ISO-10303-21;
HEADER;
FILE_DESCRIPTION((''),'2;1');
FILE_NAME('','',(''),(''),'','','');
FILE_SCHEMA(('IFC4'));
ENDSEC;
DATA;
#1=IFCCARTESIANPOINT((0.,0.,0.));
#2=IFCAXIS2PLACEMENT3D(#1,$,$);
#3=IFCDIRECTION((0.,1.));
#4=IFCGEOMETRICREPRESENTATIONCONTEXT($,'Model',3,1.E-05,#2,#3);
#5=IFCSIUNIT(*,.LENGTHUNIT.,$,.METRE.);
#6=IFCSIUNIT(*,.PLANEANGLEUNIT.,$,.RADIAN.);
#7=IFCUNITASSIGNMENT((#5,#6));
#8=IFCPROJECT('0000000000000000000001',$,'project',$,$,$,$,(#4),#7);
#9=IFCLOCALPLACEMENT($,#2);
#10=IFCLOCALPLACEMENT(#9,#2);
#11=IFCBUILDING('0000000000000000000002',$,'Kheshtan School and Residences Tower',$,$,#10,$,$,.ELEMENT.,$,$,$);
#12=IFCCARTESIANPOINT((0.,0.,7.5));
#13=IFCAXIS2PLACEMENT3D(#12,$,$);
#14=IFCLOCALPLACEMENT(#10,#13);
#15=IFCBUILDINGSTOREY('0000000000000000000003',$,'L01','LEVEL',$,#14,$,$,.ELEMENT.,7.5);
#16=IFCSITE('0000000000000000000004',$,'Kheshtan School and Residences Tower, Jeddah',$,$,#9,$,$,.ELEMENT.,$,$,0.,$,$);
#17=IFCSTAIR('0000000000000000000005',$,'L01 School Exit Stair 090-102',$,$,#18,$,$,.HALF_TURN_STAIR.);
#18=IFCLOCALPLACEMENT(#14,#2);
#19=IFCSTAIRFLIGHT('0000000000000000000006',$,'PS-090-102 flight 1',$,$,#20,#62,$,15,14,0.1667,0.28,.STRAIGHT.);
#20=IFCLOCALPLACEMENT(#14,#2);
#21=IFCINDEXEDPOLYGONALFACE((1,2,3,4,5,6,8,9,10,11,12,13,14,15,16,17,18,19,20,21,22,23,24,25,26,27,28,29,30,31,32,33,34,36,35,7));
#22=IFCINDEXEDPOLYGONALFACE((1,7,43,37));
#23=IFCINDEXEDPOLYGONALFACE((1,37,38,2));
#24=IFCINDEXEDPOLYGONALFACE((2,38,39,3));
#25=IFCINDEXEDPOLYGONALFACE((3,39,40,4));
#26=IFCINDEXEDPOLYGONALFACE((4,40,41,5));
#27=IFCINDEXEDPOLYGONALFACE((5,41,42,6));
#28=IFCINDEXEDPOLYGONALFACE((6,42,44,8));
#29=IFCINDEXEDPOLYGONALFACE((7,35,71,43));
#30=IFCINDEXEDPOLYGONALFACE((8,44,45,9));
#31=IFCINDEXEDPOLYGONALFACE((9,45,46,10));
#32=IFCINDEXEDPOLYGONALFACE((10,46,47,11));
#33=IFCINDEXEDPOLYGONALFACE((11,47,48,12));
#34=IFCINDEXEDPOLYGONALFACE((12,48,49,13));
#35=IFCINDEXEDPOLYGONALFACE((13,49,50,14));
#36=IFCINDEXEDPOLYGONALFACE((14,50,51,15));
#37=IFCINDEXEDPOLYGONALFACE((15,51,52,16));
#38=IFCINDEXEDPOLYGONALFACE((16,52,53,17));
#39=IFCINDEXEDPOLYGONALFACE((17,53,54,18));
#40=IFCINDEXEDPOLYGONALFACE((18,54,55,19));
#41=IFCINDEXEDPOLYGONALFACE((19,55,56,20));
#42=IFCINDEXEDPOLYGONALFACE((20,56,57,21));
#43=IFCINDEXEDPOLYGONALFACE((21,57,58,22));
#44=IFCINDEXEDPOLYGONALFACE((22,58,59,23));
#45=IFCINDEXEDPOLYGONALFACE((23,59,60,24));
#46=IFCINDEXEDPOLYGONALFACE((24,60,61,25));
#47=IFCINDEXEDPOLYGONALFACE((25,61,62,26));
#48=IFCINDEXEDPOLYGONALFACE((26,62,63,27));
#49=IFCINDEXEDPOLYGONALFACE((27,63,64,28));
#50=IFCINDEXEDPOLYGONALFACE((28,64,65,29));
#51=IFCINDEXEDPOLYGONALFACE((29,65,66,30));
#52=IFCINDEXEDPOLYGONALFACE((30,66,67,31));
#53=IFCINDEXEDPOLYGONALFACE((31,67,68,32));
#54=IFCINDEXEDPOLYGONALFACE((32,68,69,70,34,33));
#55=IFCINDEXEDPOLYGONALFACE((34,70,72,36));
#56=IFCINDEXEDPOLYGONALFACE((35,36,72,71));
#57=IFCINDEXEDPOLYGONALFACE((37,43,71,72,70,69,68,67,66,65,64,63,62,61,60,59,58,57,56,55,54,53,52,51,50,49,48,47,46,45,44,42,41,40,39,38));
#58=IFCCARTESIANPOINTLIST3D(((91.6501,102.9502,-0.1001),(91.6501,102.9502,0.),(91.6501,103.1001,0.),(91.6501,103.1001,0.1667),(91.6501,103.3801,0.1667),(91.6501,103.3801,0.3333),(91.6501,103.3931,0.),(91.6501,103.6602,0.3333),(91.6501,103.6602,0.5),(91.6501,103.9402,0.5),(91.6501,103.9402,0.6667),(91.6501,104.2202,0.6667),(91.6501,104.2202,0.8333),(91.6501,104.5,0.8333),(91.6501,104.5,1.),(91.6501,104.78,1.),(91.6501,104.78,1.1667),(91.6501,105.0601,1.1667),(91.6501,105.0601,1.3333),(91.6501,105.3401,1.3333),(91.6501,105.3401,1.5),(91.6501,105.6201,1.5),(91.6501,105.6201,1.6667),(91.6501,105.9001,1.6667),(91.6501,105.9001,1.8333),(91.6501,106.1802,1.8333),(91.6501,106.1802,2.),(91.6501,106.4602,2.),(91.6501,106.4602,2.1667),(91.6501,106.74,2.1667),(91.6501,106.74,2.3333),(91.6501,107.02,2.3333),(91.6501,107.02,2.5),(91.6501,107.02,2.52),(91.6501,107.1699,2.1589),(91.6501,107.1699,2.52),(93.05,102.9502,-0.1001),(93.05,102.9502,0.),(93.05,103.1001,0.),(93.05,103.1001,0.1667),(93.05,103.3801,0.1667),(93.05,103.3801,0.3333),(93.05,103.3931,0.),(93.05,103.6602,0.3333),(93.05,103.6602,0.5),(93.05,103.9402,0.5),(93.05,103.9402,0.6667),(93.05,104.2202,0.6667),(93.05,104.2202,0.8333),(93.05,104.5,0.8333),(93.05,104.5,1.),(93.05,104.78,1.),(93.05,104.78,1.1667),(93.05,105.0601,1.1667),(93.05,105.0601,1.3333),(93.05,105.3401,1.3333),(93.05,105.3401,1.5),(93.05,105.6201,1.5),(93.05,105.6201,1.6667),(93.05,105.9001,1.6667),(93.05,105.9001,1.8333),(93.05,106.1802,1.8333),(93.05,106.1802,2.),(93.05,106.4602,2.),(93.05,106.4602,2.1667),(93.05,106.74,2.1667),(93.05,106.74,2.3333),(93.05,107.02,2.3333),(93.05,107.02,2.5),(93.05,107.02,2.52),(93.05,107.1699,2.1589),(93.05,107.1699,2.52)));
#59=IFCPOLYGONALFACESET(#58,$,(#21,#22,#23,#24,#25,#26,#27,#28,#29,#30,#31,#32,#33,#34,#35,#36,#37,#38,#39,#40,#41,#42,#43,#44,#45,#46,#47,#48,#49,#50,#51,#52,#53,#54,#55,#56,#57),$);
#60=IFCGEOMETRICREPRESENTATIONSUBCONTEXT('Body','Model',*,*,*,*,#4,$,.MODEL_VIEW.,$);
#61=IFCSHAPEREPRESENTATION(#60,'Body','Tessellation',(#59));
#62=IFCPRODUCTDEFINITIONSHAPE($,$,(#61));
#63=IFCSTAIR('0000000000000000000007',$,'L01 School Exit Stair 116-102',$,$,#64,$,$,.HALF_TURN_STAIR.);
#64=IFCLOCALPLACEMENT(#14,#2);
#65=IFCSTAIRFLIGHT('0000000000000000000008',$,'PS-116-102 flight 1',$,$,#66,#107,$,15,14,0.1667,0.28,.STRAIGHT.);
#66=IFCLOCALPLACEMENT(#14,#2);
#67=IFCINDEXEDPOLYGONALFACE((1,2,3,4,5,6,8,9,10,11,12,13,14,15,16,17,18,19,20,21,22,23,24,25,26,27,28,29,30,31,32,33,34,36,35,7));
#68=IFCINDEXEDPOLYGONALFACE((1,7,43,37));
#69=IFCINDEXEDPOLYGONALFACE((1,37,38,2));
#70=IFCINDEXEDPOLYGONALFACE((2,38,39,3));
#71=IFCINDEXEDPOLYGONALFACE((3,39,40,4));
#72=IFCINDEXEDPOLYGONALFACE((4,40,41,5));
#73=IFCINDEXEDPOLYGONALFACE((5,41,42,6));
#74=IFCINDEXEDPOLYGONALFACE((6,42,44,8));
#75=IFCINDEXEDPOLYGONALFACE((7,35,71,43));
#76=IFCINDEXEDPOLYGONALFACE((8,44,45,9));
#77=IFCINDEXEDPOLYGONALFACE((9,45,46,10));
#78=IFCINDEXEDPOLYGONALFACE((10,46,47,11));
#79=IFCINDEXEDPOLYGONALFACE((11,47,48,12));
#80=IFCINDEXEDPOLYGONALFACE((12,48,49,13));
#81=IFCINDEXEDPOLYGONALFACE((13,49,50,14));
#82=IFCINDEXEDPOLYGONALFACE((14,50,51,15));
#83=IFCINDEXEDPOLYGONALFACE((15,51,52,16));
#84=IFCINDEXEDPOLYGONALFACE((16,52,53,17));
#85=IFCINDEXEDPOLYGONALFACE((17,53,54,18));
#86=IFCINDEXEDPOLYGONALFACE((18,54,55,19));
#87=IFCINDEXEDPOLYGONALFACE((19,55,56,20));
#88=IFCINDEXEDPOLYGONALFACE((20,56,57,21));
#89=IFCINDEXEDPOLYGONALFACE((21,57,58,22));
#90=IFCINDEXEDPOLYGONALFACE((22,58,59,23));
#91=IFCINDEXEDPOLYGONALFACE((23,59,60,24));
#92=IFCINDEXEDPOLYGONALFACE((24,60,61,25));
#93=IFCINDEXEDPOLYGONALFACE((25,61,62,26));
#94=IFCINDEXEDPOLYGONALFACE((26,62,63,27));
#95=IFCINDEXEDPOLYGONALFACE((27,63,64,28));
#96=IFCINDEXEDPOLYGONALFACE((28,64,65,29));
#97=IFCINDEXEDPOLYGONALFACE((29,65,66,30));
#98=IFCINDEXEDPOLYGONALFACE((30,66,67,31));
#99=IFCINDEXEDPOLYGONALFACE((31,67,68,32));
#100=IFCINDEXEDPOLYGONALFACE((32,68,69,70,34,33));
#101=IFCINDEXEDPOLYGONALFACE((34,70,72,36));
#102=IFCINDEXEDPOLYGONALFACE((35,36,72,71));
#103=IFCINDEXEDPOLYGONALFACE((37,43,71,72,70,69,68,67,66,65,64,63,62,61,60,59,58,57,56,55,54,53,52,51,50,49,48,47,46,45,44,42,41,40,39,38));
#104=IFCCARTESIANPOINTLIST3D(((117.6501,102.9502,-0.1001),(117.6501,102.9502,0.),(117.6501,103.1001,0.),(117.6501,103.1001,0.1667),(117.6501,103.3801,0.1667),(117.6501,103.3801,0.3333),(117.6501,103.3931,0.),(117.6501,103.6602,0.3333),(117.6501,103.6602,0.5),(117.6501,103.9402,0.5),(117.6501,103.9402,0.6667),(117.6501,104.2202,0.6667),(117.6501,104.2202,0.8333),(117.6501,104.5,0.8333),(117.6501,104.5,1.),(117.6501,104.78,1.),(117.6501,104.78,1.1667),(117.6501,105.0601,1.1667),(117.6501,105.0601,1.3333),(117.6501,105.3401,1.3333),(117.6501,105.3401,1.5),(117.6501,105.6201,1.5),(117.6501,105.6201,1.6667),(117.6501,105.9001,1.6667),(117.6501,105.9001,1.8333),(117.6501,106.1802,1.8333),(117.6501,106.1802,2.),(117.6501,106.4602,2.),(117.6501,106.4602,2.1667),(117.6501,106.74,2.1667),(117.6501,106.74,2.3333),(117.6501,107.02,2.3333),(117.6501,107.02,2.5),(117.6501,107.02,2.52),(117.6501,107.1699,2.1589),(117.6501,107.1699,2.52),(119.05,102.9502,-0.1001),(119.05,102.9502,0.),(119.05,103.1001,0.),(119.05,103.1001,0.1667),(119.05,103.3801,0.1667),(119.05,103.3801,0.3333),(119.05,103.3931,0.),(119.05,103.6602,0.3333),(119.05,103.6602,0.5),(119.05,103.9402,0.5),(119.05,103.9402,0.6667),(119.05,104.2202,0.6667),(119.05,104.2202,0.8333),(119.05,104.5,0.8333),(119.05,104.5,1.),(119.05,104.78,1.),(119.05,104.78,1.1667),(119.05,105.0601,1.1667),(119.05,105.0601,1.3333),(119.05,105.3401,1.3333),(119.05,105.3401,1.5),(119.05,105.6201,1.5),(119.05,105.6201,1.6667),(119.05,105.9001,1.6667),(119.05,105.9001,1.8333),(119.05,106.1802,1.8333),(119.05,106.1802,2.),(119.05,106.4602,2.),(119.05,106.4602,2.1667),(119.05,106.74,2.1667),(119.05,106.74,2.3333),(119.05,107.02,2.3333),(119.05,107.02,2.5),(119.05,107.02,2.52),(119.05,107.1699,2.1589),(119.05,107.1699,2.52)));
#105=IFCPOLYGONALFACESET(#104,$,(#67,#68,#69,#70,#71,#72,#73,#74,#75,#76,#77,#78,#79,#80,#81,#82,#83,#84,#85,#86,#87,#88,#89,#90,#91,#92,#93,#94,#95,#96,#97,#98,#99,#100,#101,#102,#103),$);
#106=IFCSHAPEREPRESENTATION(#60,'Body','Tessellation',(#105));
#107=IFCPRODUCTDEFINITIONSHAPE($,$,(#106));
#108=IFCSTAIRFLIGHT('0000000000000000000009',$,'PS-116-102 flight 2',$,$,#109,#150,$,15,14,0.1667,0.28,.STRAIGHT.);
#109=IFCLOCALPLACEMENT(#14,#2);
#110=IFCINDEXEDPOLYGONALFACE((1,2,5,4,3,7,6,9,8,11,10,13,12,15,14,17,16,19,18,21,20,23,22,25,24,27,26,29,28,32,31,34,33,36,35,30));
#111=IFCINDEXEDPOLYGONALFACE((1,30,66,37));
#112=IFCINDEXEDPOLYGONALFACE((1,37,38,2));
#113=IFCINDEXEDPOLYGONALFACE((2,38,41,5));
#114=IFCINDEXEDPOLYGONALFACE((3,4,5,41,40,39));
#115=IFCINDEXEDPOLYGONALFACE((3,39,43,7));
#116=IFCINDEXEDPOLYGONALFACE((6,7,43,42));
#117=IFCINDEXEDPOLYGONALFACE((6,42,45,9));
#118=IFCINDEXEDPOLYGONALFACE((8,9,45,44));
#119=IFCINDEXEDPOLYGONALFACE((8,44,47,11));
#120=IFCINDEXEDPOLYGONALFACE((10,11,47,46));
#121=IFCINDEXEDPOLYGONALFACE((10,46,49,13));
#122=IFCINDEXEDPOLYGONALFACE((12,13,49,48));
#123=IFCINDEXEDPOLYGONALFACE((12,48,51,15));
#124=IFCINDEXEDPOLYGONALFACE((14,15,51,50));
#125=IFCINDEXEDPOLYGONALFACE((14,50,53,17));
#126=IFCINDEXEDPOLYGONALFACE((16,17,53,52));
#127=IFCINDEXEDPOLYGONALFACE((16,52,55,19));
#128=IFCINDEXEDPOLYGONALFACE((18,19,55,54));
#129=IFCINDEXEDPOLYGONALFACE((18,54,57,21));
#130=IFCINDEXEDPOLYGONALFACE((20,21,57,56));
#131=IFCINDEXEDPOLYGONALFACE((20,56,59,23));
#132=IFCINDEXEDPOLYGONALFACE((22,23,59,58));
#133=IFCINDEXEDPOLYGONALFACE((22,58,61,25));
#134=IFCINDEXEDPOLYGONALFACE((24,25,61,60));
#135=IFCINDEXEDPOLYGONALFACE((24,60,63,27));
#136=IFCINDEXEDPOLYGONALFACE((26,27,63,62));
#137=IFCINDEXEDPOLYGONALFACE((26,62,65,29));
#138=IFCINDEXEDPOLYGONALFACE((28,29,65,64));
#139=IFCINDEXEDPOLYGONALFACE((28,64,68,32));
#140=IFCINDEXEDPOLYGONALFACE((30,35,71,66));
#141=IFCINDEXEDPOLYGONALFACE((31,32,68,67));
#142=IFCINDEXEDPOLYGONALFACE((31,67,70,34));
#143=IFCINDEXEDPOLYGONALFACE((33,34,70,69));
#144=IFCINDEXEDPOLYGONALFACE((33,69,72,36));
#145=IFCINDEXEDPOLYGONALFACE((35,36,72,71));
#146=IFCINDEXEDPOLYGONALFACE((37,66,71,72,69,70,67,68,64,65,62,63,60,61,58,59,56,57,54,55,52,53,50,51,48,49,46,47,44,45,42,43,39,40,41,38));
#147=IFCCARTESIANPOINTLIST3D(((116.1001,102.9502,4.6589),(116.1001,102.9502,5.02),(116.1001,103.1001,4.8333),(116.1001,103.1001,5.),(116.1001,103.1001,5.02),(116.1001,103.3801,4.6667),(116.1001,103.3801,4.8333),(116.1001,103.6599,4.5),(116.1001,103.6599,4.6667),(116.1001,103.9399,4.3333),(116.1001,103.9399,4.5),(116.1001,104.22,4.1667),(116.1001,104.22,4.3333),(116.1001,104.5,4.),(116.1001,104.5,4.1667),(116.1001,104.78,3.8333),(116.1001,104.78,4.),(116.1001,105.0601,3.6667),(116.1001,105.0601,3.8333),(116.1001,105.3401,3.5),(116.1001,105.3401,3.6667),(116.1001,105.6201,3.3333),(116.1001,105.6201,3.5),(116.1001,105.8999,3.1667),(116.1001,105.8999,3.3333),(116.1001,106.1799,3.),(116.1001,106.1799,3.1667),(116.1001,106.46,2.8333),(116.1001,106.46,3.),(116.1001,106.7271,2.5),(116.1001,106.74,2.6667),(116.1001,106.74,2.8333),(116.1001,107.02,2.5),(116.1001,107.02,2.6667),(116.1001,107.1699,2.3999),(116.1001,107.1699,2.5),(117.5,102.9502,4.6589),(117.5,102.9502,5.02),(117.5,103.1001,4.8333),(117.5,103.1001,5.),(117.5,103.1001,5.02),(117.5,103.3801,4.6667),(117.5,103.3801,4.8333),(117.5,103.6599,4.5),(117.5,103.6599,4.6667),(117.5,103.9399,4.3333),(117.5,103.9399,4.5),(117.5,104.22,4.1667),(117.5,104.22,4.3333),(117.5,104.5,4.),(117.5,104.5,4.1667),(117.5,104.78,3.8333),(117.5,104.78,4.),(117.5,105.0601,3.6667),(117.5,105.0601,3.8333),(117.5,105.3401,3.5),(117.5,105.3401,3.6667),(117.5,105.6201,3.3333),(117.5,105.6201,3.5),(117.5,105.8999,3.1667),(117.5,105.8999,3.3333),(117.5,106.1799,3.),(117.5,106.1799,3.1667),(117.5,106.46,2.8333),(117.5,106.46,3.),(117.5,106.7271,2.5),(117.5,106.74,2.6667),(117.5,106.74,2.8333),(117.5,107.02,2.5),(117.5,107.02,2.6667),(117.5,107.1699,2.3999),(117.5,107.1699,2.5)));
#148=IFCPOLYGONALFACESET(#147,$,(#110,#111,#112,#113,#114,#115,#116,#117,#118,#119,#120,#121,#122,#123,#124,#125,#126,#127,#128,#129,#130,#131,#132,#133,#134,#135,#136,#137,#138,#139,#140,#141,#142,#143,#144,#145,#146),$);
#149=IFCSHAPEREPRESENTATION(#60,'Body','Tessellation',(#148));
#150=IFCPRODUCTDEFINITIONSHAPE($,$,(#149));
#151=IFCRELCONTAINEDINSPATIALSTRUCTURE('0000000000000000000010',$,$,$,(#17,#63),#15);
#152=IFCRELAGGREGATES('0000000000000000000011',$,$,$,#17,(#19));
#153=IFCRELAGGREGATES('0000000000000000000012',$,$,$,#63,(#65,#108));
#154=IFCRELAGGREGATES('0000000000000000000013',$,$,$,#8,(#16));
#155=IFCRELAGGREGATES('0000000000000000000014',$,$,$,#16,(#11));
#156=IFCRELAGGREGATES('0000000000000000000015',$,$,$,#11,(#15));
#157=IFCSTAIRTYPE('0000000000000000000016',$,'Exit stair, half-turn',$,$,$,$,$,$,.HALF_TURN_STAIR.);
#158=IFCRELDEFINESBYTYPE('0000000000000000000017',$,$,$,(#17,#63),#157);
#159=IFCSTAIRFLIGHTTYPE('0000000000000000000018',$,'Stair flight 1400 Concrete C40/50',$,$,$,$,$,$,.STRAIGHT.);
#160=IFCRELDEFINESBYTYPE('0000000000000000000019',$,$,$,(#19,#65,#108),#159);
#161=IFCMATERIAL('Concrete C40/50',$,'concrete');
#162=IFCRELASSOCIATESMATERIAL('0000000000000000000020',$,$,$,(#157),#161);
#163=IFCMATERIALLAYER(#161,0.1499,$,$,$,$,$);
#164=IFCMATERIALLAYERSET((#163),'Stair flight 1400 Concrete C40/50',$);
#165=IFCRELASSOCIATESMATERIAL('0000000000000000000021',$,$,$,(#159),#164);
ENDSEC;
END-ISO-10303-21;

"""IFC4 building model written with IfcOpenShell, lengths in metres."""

from ifc_helpers import new_model, si_unit, direction, frame, origin, place, context, subcontext, project, spatial, polyline, outline, extrude, material, layer, layer_set, type_object, element, aggregate, save


model = new_model("IFC4")

# Units and contexts
model_context = context("Model", 3, precision=1e-05, world=origin(), true_north=direction((0.0, 1.0)))
body_context = subcontext(model_context, "Body", "Model", "MODEL_VIEW")
ifc_project = project(units=[si_unit("LENGTHUNIT", "METRE"), si_unit("PLANEANGLEUNIT", "RADIAN")], contexts=[model_context])

# Site, building, storey
site_placement = place(None, origin())
site = spatial("IfcSite", under=ifc_project, at=site_placement, Name="Kheshtan School and Residences Tower, Jeddah", CompositionType="ELEMENT", RefElevation=0.0)
building_placement = place(site_placement, origin())
building = spatial("IfcBuilding", under=site, at=building_placement, Name="Kheshtan School and Residences Tower", CompositionType="ELEMENT")
storey_placement = place(building_placement, frame((0.0, 0.0, 7.5)))
storey = spatial("IfcBuildingStorey", under=building, at=storey_placement, Name="L01", Description="LEVEL", CompositionType="ELEMENT", Elevation=7.5)

# Shared definitions
ifc_material_1 = material(Name="Concrete C40/50", Category="concrete")

# Stair, stair flight
stair_type = type_object("IfcStairType", Name="Exit stair, half-turn", PredefinedType="HALF_TURN_STAIR", material=ifc_material_1)
stair_1_placement = place(storey_placement, origin())
stair_1 = element("IfcStair", 1, at=stair_1_placement, inside=storey, type_object=stair_type, Name="L01 School Exit Stair 090-102", PredefinedType="HALF_TURN_STAIR")
ifc_layer_1 = layer(ifc_material_1, 0.1499)
ifc_layer_set_1 = layer_set([ifc_layer_1], Name="Stair flight 1400 Concrete C40/50")
stair_flight_type = type_object("IfcStairFlightType", Name="Stair flight 1400 Concrete C40/50", PredefinedType="STRAIGHT", material=ifc_layer_set_1)
stair_flight_1_placement = place(storey_placement, frame((92.3501, 103.1001, 0.0), z_axis=(0.0, 0.0, 1.0), x_axis=(0.0, 1.0, 0.0)))
stair_flight_1 = element("IfcStairFlight", 2, at=stair_flight_1_placement, type_object=stair_flight_type, Name="PS-090-102 flight 1", NumberOfRisers=15, NumberOfTreads=14, PredefinedType="STRAIGHT", RiserHeight=0.1667, TreadLength=0.28, context=body_context, shape_type="SweptSolid", body=[
    extrude(outline(polyline([(-0.1499, -0.1001), (-0.1499, 0.0), (0.0, 0.0), (0.0, 0.1667), (0.28, 0.1667), (0.28, 0.3333), (0.5601, 0.3333), (0.5601, 0.5), (0.8401, 0.5), (0.8401, 0.6667), (1.1201, 0.6667), (1.1201, 0.8333), (1.3999, 0.8333), (1.3999, 1.0), (1.6799, 1.0), (1.6799, 1.1667), (1.96, 1.1667), (1.96, 1.3333), (2.24, 1.3333), (2.24, 1.5), (2.52, 1.5), (2.52, 1.6667), (2.8, 1.6667), (2.8, 1.8333), (3.0801, 1.8333), (3.0801, 2.0), (3.3601, 2.0), (3.3601, 2.1667), (3.6399, 2.1667), (3.6399, 2.3333), (3.9199, 2.3333), (3.9199, 2.5), (3.9199, 2.52), (4.0698, 2.52), (4.0698, 2.1589), (0.293, 0.0), (-0.1499, -0.1001)])), frame((0.0, 0.7, 0.0), z_axis=(0.0, -1.0, 0.0), x_axis=(1.0, 0.0, 0.0)), (0.0, 0.0, 1.0), 1.3999),
])
aggregate(stair_1, [stair_flight_1])

# Stair, stair flights
stair_2_placement = place(storey_placement, origin())
stair_2 = element("IfcStair", 3, at=stair_2_placement, inside=storey, type_object=stair_type, Name="L01 School Exit Stair 116-102", PredefinedType="HALF_TURN_STAIR")
stair_flight_2_placement = place(storey_placement, frame((118.3501, 103.1001, 0.0), z_axis=(0.0, 0.0, 1.0), x_axis=(0.0, 1.0, 0.0)))
stair_flight_2 = element("IfcStairFlight", 4, at=stair_flight_2_placement, type_object=stair_flight_type, Name="PS-116-102 flight 1", NumberOfRisers=15, NumberOfTreads=14, PredefinedType="STRAIGHT", RiserHeight=0.1667, TreadLength=0.28, context=body_context, shape_type="SweptSolid", body=[
    extrude(outline(polyline([(-0.1499, -0.1001), (-0.1499, 0.0), (0.0, 0.0), (0.0, 0.1667), (0.28, 0.1667), (0.28, 0.3333), (0.5601, 0.3333), (0.5601, 0.5), (0.8401, 0.5), (0.8401, 0.6667), (1.1201, 0.6667), (1.1201, 0.8333), (1.3999, 0.8333), (1.3999, 1.0), (1.6799, 1.0), (1.6799, 1.1667), (1.96, 1.1667), (1.96, 1.3333), (2.24, 1.3333), (2.24, 1.5), (2.52, 1.5), (2.52, 1.6667), (2.8, 1.6667), (2.8, 1.8333), (3.0801, 1.8333), (3.0801, 2.0), (3.3601, 2.0), (3.3601, 2.1667), (3.6399, 2.1667), (3.6399, 2.3333), (3.9199, 2.3333), (3.9199, 2.5), (3.9199, 2.52), (4.0698, 2.52), (4.0698, 2.1589), (0.293, 0.0), (-0.1499, -0.1001)])), frame((0.0, 0.7, 0.0), z_axis=(0.0, -1.0, 0.0), x_axis=(1.0, 0.0, 0.0)), (0.0, 0.0, 1.0), 1.3999),
])
stair_flight_3_placement = place(storey_placement, frame((116.8, 107.02, 2.5), z_axis=(0.0, 0.0, 1.0), x_axis=(0.0, -1.0, 0.0)))
stair_flight_3 = element("IfcStairFlight", 5, at=stair_flight_3_placement, type_object=stair_flight_type, Name="PS-116-102 flight 2", NumberOfRisers=15, NumberOfTreads=14, PredefinedType="STRAIGHT", RiserHeight=0.1667, TreadLength=0.28, context=body_context, shape_type="SweptSolid", body=[
    extrude(outline(polyline([(-0.1499, -0.1001), (-0.1499, 0.0), (0.0, 0.0), (0.0, 0.1667), (0.28, 0.1667), (0.28, 0.3333), (0.5601, 0.3333), (0.5601, 0.5), (0.8401, 0.5), (0.8401, 0.6667), (1.1201, 0.6667), (1.1201, 0.8333), (1.3999, 0.8333), (1.3999, 1.0), (1.6799, 1.0), (1.6799, 1.1667), (1.96, 1.1667), (1.96, 1.3333), (2.24, 1.3333), (2.24, 1.5), (2.52, 1.5), (2.52, 1.6667), (2.8, 1.6667), (2.8, 1.8333), (3.0801, 1.8333), (3.0801, 2.0), (3.3601, 2.0), (3.3601, 2.1667), (3.6399, 2.1667), (3.6399, 2.3333), (3.9199, 2.3333), (3.9199, 2.5), (3.9199, 2.52), (4.0698, 2.52), (4.0698, 2.1589), (0.293, 0.0), (-0.1499, -0.1001)])), frame((0.0, 0.7, 0.0), z_axis=(0.0, -1.0, 0.0), x_axis=(1.0, 0.0, 0.0)), (0.0, 0.0, 1.0), 1.3999),
])
aggregate(stair_2, [stair_flight_2, stair_flight_3])

save(model, "model.ifc")
